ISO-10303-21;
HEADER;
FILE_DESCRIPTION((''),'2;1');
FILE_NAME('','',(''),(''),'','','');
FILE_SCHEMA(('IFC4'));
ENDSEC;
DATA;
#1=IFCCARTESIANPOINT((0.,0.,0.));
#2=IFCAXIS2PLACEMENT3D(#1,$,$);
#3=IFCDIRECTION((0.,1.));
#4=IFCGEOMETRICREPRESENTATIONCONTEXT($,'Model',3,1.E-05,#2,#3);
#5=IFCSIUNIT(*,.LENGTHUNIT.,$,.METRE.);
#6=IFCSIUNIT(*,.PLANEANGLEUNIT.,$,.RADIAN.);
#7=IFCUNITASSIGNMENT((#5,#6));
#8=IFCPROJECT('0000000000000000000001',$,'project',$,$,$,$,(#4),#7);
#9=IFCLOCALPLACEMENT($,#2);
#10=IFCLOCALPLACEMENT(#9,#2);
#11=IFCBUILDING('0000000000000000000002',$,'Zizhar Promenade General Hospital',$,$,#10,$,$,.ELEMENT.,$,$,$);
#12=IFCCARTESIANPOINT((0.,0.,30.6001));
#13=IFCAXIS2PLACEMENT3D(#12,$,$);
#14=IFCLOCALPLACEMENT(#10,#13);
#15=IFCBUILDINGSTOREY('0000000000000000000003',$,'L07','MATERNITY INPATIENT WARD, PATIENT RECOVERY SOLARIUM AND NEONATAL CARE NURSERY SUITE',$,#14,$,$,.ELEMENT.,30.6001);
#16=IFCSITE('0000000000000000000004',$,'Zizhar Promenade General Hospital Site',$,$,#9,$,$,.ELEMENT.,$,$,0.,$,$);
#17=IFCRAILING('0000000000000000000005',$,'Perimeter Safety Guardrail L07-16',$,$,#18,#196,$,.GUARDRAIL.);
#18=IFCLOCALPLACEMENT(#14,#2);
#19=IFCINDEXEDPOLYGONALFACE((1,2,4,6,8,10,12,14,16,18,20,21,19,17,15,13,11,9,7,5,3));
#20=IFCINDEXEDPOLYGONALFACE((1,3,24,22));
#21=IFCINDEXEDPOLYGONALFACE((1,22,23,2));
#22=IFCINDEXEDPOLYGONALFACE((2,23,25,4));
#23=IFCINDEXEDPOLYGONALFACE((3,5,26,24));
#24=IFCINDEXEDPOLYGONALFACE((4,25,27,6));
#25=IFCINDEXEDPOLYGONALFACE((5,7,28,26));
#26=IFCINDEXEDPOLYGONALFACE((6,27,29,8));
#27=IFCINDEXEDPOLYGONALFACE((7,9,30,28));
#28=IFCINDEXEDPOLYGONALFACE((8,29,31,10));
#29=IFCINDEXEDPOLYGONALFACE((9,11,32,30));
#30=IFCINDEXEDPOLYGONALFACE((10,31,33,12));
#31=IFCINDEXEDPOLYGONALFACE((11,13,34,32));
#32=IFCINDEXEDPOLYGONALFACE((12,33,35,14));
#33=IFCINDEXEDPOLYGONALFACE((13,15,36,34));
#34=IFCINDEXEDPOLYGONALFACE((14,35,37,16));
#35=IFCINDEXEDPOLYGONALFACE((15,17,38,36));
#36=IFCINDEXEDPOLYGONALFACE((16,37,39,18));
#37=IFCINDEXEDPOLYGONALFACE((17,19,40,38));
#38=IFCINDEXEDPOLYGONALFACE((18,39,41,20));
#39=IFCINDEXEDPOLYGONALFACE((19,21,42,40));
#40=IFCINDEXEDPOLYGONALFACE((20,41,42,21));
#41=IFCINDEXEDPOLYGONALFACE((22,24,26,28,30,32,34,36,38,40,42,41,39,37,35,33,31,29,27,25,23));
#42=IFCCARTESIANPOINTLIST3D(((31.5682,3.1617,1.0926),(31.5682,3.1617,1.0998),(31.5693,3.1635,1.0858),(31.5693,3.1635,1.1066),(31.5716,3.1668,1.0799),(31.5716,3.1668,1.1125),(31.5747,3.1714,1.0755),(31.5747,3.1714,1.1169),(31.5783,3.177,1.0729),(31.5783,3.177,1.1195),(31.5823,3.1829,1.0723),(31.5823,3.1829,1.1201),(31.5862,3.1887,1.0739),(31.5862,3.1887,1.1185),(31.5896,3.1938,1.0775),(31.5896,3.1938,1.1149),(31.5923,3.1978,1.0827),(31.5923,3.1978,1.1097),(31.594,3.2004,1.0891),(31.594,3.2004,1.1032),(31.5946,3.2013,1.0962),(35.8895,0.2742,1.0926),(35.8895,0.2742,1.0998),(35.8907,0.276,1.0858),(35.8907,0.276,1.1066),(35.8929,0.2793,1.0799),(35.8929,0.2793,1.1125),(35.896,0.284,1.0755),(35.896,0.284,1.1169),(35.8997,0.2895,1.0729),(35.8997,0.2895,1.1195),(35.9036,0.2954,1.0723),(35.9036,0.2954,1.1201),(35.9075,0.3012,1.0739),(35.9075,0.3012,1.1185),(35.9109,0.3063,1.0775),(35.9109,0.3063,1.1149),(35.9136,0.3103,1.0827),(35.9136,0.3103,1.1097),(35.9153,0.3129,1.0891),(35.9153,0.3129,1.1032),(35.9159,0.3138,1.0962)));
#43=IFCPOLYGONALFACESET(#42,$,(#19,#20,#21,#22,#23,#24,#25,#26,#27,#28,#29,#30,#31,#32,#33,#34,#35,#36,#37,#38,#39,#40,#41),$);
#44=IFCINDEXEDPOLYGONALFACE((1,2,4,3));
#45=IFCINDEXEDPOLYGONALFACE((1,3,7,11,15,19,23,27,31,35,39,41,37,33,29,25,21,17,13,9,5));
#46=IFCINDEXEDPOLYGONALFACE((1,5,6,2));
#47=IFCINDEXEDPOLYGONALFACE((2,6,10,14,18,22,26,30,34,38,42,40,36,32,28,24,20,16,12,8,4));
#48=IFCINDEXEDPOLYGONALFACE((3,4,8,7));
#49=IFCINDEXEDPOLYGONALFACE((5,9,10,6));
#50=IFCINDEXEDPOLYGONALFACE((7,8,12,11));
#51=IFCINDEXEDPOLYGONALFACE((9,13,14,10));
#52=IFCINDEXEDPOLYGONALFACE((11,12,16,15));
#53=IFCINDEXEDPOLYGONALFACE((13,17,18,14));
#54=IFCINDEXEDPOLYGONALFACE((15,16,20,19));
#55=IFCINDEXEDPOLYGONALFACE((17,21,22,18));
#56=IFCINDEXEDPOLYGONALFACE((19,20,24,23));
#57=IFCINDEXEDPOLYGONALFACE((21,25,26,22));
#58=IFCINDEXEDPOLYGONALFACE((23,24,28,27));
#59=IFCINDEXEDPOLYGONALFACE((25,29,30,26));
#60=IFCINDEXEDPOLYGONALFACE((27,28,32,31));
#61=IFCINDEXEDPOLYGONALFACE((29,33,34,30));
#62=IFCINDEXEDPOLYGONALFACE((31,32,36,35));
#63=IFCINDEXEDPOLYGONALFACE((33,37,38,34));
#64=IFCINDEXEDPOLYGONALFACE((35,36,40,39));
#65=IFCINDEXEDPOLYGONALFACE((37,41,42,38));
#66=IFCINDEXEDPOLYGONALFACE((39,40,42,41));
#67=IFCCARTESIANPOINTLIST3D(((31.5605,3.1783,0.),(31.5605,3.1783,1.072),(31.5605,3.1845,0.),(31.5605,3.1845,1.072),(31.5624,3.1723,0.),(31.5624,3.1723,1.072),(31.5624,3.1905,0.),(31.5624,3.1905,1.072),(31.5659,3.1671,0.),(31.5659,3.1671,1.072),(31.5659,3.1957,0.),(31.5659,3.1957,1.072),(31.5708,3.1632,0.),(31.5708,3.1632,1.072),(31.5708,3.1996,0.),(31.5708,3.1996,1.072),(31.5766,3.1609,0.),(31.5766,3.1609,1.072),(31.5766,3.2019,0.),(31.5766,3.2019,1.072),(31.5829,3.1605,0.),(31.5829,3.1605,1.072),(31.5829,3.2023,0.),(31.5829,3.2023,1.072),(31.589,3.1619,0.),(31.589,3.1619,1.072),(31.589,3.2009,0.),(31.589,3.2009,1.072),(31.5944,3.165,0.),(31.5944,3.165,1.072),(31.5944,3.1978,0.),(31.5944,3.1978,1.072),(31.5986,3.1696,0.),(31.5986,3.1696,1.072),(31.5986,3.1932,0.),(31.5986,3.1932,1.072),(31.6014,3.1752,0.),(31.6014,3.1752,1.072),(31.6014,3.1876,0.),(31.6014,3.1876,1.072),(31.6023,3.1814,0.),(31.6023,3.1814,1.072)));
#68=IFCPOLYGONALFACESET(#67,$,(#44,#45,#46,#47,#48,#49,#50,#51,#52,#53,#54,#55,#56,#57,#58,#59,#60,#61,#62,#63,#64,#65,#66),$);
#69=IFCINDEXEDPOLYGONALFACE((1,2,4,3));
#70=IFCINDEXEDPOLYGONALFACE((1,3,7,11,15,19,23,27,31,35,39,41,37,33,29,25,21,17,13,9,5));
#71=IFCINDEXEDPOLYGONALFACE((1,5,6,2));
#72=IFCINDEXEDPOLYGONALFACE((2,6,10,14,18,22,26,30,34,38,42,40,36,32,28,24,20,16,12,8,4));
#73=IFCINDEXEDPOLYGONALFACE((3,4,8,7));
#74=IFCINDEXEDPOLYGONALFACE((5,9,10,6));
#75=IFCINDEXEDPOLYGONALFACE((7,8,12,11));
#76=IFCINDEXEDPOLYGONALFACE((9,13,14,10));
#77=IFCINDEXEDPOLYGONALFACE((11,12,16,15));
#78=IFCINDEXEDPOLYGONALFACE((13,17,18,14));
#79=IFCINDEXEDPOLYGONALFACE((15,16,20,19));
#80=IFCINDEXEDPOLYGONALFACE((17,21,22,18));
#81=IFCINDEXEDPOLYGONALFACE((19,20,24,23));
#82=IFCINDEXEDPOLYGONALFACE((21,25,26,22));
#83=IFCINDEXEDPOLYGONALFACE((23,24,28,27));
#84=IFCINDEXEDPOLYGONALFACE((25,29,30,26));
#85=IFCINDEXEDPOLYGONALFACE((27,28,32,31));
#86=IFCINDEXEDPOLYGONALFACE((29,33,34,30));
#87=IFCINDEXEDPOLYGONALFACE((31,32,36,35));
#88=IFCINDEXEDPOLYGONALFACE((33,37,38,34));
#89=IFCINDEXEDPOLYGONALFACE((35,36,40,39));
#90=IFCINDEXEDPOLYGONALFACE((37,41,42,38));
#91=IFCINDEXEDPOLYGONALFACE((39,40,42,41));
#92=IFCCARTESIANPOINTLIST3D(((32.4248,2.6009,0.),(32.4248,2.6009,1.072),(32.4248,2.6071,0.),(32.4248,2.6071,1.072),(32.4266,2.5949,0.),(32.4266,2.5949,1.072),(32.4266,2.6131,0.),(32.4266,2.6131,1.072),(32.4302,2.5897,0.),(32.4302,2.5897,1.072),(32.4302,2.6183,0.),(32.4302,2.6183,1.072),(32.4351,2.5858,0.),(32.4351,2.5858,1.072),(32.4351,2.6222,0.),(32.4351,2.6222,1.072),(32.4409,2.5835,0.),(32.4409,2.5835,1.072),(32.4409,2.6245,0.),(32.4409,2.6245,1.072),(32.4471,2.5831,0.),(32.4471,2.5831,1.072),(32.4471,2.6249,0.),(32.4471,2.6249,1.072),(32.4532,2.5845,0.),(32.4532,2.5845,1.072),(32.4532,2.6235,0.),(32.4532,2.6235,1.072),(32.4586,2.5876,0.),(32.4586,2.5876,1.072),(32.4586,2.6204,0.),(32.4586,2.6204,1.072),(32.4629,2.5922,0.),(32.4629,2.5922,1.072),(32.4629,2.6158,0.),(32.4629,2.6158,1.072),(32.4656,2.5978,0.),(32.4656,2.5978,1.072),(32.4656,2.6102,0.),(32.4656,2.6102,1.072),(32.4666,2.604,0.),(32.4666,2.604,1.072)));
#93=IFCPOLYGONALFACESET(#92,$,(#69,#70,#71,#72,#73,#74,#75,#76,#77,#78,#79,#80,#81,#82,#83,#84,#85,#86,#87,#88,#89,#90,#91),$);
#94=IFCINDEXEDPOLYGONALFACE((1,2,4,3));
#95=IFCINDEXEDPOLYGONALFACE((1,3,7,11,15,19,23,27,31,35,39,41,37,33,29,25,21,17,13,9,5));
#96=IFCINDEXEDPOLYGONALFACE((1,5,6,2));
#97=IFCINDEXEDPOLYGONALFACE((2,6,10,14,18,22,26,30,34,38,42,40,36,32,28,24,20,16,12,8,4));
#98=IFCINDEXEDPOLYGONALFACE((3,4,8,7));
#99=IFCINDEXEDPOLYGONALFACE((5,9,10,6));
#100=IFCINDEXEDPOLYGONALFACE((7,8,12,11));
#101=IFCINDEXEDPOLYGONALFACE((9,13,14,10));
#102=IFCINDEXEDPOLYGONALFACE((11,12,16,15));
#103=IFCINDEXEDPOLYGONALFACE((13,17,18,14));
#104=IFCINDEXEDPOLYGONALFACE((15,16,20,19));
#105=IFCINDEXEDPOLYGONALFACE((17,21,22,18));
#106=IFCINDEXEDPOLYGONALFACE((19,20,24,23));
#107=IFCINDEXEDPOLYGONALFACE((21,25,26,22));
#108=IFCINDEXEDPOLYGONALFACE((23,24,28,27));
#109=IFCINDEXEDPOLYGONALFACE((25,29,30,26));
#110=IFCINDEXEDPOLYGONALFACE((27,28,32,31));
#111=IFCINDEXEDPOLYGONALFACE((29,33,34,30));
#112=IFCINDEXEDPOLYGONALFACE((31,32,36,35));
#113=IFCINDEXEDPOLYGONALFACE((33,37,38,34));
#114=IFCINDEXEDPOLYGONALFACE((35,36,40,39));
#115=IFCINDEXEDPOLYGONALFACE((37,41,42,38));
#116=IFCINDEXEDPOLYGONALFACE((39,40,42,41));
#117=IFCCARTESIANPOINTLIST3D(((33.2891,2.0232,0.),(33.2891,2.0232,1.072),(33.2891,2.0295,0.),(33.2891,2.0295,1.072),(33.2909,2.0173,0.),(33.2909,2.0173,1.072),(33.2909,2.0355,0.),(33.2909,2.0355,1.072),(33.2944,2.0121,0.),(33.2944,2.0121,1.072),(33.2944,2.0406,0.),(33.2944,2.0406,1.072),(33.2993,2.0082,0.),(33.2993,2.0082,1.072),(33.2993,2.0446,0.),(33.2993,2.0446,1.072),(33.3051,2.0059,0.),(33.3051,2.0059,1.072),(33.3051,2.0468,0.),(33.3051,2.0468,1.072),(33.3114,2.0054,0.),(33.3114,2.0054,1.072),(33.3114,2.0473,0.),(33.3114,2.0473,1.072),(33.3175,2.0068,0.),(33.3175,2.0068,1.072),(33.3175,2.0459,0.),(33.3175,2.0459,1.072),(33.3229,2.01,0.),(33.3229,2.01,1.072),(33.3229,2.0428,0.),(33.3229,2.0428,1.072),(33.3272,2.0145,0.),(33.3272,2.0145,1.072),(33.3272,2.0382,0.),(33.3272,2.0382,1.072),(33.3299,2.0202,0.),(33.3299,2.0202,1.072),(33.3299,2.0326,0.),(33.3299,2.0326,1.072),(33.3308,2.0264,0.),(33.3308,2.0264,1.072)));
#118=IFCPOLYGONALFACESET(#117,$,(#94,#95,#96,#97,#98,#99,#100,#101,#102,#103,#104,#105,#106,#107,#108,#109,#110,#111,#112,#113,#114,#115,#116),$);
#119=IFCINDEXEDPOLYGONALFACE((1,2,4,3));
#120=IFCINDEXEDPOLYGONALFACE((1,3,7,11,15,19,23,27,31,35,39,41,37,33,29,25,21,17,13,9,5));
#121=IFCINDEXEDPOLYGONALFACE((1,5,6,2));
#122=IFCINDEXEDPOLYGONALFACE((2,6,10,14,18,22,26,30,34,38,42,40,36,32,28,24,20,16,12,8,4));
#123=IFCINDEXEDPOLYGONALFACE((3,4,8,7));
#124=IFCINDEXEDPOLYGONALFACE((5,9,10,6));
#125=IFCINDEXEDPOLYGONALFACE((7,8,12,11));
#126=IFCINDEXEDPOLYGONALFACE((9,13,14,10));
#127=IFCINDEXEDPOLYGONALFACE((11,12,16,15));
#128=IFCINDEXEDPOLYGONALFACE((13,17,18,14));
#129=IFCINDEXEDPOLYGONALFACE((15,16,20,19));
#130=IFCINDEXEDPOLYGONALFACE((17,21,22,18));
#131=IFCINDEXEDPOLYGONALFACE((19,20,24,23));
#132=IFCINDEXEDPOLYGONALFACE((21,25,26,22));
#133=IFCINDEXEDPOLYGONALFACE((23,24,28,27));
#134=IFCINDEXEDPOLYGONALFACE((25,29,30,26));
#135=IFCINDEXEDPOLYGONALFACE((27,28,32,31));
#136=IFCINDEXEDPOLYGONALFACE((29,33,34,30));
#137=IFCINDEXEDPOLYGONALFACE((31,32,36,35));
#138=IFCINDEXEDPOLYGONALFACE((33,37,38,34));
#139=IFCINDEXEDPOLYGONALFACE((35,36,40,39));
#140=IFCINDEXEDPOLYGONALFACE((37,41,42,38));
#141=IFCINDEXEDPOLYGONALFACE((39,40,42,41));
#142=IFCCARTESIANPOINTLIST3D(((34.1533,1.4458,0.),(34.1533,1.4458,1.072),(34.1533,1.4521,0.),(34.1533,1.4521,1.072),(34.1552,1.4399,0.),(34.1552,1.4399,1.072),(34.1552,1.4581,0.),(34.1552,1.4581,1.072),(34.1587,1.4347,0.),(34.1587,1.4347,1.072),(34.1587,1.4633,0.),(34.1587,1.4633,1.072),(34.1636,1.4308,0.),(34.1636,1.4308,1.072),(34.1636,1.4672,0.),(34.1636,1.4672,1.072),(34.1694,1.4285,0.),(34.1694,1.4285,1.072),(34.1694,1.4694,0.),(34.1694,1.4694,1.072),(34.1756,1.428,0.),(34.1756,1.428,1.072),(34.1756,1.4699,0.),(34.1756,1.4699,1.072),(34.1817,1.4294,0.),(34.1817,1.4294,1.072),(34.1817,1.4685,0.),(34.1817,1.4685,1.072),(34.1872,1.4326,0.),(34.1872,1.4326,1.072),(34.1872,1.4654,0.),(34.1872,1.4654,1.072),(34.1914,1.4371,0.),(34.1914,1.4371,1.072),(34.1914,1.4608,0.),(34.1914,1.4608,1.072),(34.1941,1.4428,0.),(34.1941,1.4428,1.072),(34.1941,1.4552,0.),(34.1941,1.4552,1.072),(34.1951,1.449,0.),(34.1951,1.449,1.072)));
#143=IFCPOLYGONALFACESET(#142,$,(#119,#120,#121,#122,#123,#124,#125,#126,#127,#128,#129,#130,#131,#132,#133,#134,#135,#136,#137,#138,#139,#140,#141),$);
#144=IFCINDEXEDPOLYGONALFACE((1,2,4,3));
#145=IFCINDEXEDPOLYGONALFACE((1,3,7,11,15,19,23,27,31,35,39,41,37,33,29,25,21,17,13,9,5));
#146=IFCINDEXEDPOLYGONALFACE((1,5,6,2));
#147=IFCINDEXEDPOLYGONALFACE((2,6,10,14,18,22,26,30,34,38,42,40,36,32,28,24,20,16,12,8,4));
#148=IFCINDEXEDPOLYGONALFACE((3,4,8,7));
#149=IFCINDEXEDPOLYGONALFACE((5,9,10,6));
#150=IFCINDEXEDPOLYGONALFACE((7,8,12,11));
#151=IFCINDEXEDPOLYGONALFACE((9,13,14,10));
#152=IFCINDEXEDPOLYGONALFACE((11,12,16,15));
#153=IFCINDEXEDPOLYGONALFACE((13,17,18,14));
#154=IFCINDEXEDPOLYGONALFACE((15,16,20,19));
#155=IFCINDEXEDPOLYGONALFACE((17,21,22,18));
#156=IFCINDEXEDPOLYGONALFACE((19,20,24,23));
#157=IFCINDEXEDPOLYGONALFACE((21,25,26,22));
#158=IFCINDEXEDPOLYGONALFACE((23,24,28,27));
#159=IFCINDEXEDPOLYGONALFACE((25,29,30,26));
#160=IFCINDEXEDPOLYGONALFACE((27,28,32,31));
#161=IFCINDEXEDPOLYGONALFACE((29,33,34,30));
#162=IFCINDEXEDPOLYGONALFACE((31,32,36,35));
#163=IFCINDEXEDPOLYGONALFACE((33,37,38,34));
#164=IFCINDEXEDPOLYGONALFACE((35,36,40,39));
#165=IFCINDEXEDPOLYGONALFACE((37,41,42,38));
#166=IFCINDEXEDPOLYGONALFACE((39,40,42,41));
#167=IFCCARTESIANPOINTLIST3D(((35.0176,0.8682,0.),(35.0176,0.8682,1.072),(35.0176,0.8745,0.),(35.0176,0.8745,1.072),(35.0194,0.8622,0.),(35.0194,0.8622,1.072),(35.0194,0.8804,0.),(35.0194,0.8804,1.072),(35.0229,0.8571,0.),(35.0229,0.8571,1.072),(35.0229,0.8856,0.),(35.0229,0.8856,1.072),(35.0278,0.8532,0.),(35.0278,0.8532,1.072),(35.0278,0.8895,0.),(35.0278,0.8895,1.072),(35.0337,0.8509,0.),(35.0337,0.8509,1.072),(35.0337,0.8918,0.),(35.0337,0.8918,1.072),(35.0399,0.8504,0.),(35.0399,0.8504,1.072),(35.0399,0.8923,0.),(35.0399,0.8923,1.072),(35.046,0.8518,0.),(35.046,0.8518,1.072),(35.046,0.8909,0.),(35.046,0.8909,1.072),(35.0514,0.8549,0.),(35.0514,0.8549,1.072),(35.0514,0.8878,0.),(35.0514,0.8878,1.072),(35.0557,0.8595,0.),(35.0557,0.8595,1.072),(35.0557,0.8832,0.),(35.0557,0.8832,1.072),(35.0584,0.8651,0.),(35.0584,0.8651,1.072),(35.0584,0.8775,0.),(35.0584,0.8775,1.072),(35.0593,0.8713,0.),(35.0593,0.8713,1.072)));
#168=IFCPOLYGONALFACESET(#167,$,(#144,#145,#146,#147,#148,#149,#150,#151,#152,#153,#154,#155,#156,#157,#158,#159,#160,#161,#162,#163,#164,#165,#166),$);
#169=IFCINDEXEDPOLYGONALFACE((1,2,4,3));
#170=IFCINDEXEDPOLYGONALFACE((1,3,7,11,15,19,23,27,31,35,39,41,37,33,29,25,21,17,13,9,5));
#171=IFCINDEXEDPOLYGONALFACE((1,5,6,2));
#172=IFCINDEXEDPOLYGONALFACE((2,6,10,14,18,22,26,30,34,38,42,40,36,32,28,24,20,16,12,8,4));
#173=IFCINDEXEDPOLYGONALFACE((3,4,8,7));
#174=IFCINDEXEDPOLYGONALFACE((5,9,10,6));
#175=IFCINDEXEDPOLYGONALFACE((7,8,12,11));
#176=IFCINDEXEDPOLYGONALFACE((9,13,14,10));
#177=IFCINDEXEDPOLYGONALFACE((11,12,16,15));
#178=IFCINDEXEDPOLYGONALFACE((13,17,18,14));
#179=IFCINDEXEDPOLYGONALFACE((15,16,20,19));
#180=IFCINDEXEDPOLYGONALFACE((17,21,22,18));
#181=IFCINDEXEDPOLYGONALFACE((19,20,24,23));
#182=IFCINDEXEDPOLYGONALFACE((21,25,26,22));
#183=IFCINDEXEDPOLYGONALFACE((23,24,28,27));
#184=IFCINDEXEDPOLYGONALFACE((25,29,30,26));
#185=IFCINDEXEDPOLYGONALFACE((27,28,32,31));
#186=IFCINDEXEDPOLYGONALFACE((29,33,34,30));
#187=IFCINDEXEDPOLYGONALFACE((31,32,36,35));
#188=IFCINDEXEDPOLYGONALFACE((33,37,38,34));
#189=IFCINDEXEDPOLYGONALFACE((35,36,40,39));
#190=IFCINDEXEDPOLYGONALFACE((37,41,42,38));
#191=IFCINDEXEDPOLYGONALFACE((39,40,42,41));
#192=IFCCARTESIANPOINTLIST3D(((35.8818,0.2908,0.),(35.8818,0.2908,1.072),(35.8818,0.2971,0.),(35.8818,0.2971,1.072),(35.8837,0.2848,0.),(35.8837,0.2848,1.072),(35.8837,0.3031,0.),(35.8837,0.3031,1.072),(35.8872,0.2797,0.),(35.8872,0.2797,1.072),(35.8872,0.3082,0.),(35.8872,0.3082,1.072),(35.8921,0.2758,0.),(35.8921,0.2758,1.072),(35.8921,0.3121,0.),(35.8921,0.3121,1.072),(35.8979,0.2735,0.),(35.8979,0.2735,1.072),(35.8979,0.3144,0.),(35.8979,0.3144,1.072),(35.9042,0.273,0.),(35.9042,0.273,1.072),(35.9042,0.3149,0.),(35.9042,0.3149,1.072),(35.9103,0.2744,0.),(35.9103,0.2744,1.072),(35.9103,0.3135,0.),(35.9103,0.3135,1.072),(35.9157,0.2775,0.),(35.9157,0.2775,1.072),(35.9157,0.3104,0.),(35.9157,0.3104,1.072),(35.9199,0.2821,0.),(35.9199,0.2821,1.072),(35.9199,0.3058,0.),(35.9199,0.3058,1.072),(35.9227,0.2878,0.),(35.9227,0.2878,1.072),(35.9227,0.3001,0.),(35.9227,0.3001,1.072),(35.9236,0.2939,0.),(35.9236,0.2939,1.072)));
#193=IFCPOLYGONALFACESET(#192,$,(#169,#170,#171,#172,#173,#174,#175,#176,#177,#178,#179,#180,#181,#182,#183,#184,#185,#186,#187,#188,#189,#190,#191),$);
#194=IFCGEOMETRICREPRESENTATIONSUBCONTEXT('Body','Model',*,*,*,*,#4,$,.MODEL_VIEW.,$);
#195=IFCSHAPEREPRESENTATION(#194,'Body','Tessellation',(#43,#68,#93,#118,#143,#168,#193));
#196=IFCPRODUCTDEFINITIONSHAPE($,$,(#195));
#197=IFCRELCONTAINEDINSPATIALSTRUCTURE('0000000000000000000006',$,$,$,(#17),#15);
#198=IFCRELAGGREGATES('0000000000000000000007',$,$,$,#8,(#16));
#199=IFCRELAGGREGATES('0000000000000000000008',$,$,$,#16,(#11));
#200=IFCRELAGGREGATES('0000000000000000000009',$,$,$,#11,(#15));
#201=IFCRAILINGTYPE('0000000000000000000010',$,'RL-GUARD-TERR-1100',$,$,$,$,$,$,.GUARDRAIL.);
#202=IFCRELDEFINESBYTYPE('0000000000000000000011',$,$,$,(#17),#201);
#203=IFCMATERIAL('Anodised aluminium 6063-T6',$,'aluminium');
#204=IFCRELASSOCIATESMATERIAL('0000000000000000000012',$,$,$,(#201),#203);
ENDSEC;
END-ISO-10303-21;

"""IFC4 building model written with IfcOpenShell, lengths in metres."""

from ifc_helpers import new_model, si_unit, direction, frame, origin, origin_2d, place, context, subcontext, project, spatial, circle, hollow_circle, extrude, material, material_profile, profile_set, type_object, element, save


model = new_model("IFC4")

# Units and contexts
model_context = context("Model", 3, precision=1e-05, world=origin(), true_north=direction((0.0, 1.0)))
body_context = subcontext(model_context, "Body", "Model", "MODEL_VIEW")
ifc_project = project(units=[si_unit("LENGTHUNIT", "METRE"), si_unit("PLANEANGLEUNIT", "RADIAN")], contexts=[model_context])

# Site, building, storey
site_placement = place(None, origin())
site = spatial("IfcSite", under=ifc_project, at=site_placement, Name="Zizhar Promenade General Hospital Site", CompositionType="ELEMENT", RefElevation=0.0)
building_placement = place(site_placement, origin())
building = spatial("IfcBuilding", under=site, at=building_placement, Name="Zizhar Promenade General Hospital", CompositionType="ELEMENT")
storey_placement = place(building_placement, frame((0.0, 0.0, 30.6001)))
storey = spatial("IfcBuildingStorey", under=building, at=storey_placement, Name="L07", Description="MATERNITY INPATIENT WARD, PATIENT RECOVERY SOLARIUM AND NEONATAL CARE NURSERY SUITE", CompositionType="ELEMENT", Elevation=30.6001)

# Railing
ifc_material_1 = material(Name="Anodised aluminium 6063-T6", Category="aluminium")
ifc_material_profile_1 = material_profile(ifc_material_1, hollow_circle(Radius=0.0698, WallThickness=0.0063, at=origin_2d()))
ifc_profile_set_1 = profile_set([ifc_material_profile_1], Name="Anodised aluminium 6063-T6")
railing_type = type_object("IfcRailingType", Name="RL-GUARD-TERR-1100", PredefinedType="GUARDRAIL", material=ifc_profile_set_1)
railing_placement = place(storey_placement, frame((31.5813, 3.1814, 0.0)))
element("IfcRailing", 1, at=railing_placement, inside=storey, type_object=railing_type, Name="Perimeter Safety Guardrail L07-16", PredefinedType="GUARDRAIL", context=body_context, shape_type="SweptSolid", body=[
    extrude(circle(Radius=0.0239, at=origin_2d()), frame((0.0, 0.0, 1.0962), z_axis=(0.831464, -0.555578, 0.0), x_axis=(0.555578, 0.831464, 0.0)), (0.0, 0.0, 1.0), 5.1973),
    extrude(circle(Radius=0.021, at=origin_2d()), origin(), (0.0, 0.0, 1.0), 1.072),
    extrude(circle(Radius=0.021, at=origin_2d()), frame((0.8643, -0.5774, 0.0)), (0.0, 0.0, 1.0), 1.072),
    extrude(circle(Radius=0.021, at=origin_2d()), frame((1.7285, -1.155, 0.0)), (0.0, 0.0, 1.0), 1.072),
    extrude(circle(Radius=0.021, at=origin_2d()), frame((2.5928, -1.7324, 0.0)), (0.0, 0.0, 1.0), 1.072),
    extrude(circle(Radius=0.021, at=origin_2d()), frame((3.457, -2.3101, 0.0)), (0.0, 0.0, 1.0), 1.072),
    extrude(circle(Radius=0.021, at=origin_2d()), frame((4.3213, -2.8875, 0.0)), (0.0, 0.0, 1.0), 1.072),
])

save(model, "model.ifc")
